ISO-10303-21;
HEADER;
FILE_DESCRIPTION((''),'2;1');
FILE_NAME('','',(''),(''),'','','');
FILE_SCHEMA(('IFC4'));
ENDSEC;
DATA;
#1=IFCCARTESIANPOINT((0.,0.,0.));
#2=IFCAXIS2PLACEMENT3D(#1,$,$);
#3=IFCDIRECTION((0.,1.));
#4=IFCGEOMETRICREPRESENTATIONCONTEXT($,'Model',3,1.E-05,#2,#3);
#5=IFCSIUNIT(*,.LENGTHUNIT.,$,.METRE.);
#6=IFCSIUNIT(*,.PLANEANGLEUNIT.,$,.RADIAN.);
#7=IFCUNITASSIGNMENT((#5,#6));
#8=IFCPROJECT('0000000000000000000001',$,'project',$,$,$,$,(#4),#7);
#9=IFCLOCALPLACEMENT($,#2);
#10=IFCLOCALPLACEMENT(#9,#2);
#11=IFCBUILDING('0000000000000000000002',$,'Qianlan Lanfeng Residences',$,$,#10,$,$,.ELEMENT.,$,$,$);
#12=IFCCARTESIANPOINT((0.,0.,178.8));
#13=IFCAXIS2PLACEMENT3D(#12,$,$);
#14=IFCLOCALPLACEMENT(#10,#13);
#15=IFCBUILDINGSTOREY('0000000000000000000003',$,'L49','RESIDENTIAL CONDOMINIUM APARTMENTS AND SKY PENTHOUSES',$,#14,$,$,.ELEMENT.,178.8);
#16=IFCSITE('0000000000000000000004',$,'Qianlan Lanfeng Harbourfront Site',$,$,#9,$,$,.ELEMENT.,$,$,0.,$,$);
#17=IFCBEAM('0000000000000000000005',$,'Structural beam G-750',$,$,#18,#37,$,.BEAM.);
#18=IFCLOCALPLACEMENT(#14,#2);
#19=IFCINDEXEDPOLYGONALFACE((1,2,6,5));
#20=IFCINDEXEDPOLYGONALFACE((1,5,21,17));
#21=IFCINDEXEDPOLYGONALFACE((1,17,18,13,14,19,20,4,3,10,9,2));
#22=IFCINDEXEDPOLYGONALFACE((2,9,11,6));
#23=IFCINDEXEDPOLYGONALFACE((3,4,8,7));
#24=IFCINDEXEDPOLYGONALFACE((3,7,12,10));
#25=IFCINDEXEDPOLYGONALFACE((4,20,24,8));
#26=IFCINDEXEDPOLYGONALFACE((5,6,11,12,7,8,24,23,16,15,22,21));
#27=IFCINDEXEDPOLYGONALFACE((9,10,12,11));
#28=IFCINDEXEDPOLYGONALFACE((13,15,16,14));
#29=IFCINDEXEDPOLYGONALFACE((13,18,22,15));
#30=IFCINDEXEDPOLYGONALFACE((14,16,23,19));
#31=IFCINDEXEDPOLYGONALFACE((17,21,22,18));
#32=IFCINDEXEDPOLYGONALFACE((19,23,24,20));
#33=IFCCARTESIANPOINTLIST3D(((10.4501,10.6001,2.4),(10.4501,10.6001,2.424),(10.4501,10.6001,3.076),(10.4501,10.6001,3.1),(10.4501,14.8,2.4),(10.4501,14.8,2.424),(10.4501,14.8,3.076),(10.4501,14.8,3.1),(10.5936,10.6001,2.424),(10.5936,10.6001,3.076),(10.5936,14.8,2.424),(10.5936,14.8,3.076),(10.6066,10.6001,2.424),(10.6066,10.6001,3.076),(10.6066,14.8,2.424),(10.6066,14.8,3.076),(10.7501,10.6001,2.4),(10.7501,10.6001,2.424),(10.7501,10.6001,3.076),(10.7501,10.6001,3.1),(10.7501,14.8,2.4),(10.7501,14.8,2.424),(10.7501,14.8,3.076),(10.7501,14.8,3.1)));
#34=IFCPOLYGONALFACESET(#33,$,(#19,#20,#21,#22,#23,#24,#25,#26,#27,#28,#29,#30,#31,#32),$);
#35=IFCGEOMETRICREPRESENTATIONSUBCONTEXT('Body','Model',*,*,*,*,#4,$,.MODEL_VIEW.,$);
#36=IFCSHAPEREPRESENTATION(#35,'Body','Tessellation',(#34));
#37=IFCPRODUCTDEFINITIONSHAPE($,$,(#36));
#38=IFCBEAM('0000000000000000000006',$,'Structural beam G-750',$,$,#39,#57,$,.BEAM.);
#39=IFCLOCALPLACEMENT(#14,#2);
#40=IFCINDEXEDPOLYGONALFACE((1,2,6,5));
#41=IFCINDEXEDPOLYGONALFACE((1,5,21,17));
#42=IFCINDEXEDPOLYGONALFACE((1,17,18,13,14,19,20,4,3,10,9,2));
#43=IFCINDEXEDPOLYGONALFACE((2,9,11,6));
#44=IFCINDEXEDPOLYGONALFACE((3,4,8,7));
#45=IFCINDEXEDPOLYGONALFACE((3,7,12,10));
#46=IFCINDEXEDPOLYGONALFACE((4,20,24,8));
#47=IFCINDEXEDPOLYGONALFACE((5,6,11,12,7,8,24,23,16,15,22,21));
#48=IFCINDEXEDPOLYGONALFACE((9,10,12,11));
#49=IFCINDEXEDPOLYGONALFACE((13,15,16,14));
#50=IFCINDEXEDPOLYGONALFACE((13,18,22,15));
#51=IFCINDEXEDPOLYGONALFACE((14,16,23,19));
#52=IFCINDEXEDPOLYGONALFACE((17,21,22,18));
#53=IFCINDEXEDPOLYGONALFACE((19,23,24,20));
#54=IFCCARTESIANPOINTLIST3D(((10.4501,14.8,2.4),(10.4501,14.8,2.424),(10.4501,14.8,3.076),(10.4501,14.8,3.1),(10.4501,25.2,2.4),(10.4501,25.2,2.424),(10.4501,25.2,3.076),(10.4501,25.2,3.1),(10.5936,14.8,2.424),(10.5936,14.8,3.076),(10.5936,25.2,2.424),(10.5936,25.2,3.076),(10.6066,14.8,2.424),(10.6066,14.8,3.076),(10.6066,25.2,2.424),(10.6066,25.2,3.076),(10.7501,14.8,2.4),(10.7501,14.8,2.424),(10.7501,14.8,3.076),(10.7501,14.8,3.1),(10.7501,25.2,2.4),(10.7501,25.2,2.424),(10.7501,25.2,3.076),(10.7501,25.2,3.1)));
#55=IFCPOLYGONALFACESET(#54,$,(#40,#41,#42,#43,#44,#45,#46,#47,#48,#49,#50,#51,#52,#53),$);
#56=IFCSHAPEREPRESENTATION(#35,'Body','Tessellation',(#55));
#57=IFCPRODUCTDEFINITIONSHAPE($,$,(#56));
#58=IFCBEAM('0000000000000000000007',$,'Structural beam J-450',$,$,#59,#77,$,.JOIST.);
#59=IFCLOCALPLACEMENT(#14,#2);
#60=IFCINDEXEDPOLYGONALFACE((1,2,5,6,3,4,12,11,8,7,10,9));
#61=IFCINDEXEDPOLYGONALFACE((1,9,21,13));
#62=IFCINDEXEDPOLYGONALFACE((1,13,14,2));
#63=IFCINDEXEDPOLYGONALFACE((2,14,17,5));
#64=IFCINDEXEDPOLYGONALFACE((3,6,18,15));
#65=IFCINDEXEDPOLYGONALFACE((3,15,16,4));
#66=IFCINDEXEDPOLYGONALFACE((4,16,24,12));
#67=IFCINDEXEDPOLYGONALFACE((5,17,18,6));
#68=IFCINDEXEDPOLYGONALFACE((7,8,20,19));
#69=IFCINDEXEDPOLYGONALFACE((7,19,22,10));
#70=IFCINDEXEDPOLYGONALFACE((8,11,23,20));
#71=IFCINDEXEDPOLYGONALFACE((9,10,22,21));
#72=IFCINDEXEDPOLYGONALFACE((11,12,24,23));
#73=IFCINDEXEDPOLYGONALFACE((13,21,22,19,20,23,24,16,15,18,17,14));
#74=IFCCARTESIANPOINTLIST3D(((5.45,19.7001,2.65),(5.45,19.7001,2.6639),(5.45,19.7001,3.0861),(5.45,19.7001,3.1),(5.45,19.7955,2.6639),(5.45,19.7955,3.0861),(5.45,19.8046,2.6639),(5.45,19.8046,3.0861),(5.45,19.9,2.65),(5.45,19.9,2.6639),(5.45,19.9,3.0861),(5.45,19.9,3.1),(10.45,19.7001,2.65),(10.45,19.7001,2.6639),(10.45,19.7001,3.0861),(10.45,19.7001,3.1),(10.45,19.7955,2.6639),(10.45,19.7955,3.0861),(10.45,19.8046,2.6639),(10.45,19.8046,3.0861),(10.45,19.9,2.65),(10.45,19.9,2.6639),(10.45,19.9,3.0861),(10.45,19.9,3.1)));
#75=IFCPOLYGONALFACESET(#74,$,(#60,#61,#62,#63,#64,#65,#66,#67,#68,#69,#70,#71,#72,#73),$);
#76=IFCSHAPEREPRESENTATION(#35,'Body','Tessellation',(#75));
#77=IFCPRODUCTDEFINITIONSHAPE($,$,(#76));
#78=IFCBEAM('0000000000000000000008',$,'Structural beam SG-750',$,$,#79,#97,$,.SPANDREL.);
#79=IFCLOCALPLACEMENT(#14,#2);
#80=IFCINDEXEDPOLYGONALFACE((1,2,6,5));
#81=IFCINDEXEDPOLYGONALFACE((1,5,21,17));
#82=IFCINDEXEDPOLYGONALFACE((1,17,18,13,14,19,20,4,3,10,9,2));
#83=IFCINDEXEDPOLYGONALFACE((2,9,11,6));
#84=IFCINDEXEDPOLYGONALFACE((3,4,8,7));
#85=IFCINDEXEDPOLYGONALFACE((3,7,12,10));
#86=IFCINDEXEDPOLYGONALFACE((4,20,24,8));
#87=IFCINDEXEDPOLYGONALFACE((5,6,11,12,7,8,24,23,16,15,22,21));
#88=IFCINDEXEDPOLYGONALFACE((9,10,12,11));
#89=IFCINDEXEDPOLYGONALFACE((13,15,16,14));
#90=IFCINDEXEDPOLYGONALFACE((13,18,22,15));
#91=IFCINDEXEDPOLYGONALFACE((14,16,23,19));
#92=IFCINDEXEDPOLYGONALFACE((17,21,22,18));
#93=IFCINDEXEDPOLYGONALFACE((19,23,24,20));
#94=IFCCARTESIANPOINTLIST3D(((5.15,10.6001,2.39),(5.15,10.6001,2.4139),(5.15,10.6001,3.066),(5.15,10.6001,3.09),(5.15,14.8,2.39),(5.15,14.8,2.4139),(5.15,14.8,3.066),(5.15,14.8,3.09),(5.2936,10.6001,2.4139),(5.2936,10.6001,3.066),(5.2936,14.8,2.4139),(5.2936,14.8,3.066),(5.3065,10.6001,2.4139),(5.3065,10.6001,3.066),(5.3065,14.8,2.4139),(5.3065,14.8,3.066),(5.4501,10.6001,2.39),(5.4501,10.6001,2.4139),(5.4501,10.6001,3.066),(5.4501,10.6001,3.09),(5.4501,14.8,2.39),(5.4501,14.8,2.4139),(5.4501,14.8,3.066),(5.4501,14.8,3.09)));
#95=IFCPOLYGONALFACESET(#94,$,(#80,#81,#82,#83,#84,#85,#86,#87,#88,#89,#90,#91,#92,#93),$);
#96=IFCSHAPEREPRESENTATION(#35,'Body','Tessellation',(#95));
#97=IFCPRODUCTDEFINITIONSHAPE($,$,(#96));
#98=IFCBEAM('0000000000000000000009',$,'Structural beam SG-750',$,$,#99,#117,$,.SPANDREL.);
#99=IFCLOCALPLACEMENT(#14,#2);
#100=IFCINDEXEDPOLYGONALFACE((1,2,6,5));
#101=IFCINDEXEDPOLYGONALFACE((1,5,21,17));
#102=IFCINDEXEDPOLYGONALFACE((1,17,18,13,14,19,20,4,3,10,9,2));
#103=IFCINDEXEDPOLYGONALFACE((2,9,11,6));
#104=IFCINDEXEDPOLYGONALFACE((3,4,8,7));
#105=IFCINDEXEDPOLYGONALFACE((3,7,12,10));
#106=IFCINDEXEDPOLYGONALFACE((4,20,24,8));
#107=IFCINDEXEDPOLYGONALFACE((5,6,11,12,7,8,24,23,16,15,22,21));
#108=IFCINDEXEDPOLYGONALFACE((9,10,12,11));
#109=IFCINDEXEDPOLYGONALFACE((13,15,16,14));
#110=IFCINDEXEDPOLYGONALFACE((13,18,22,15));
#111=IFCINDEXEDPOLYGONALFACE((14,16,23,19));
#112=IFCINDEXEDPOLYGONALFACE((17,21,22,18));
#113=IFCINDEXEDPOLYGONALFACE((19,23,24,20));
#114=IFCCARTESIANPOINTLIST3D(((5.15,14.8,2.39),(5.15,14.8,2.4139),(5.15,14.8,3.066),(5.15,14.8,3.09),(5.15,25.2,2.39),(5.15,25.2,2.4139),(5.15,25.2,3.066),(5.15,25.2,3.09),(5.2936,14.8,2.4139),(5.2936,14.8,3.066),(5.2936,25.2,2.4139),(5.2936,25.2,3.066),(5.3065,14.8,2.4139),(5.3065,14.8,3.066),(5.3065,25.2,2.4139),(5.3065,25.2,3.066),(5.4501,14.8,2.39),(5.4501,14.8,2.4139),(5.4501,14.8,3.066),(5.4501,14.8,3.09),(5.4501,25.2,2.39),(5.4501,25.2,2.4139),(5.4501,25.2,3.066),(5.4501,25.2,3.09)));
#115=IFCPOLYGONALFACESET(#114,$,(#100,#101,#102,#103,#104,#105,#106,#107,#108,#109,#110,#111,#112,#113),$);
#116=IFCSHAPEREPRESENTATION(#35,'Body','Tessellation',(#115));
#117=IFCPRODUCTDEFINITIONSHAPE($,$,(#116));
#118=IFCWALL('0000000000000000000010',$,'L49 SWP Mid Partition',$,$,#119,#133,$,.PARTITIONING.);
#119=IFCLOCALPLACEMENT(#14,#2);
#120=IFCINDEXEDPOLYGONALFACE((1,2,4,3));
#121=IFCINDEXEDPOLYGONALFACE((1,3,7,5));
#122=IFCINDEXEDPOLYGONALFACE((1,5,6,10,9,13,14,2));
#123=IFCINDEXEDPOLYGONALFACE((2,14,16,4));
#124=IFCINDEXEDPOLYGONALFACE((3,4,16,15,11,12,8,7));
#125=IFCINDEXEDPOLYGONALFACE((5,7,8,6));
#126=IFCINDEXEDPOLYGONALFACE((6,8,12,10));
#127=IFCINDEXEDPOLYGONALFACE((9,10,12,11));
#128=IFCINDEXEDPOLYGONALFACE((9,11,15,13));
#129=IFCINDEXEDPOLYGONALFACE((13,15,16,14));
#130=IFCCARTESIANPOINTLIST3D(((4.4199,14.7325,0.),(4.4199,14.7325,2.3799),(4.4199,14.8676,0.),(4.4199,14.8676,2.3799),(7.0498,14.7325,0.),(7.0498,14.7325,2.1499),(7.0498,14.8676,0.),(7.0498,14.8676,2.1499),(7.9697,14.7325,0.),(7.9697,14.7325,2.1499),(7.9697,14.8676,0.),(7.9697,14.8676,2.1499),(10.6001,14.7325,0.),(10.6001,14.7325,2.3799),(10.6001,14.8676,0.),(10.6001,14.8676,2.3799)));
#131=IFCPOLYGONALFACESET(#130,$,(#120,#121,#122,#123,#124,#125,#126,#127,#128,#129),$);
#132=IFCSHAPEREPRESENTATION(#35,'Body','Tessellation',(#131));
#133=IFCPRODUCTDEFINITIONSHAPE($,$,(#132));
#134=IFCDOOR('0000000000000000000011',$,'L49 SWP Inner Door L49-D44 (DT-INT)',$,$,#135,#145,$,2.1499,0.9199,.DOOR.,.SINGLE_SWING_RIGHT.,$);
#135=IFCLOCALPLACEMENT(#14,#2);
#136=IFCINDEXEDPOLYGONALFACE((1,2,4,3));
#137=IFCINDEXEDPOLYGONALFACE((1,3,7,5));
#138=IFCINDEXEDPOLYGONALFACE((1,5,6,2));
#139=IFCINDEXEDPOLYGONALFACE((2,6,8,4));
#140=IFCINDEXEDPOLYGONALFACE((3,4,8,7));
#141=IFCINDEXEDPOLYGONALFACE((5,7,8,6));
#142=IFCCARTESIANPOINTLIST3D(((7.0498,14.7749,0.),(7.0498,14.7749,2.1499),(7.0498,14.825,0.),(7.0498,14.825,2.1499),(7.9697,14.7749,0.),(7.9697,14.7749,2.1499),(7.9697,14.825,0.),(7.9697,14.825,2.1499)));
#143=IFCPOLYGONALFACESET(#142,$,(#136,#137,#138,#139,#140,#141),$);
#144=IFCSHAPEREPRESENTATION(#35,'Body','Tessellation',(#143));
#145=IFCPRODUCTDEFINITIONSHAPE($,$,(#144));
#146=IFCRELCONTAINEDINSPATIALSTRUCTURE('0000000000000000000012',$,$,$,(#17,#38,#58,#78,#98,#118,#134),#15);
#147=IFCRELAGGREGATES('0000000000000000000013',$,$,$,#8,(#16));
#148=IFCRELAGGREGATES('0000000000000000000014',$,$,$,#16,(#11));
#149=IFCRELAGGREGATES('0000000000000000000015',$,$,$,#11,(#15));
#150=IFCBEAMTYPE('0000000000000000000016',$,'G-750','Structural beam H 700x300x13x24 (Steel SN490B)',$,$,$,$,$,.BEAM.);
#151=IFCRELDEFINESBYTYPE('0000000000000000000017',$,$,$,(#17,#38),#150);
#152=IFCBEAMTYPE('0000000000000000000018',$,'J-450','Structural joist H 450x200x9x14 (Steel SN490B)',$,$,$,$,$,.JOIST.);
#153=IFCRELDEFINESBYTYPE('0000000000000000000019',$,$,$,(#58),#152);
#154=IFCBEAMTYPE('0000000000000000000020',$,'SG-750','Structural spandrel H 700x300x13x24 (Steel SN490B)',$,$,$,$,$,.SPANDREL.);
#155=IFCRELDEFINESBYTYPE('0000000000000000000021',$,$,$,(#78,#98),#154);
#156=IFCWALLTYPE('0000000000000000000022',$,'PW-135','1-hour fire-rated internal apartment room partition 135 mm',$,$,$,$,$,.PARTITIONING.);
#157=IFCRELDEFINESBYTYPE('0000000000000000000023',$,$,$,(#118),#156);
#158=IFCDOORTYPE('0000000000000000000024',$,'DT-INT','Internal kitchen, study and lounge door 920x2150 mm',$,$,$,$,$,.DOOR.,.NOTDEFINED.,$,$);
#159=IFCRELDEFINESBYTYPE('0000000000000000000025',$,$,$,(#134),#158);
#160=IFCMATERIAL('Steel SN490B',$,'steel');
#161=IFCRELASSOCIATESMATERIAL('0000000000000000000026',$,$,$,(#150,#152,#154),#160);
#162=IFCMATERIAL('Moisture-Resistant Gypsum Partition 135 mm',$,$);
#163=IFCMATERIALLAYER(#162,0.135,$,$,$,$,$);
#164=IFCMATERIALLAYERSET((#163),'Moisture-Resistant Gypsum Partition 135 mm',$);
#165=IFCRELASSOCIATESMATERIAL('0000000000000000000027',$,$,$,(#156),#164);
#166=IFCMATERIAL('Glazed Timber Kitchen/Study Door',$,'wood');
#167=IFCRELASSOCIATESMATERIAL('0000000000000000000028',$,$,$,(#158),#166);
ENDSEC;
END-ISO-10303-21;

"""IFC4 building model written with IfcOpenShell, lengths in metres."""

from ifc_helpers import new_model, si_unit, direction, frame, frame_2d, origin, origin_2d, place, context, subcontext, project, spatial, rectangle, i_section, extrude, material, layer, layer_set, material_profile, profile_set, type_object, element, fill, save


model = new_model("IFC4")

# Units and contexts
model_context = context("Model", 3, precision=1e-05, world=origin(), true_north=direction((0.0, 1.0)))
body_context = subcontext(model_context, "Body", "Model", "MODEL_VIEW")
ifc_project = project(units=[si_unit("LENGTHUNIT", "METRE"), si_unit("PLANEANGLEUNIT", "RADIAN")], contexts=[model_context])

# Site, building, storey
site_placement = place(None, origin())
site = spatial("IfcSite", under=ifc_project, at=site_placement, Name="Qianlan Lanfeng Harbourfront Site", CompositionType="ELEMENT", RefElevation=0.0)
building_placement = place(site_placement, origin())
building = spatial("IfcBuilding", under=site, at=building_placement, Name="Qianlan Lanfeng Residences", CompositionType="ELEMENT")
storey_placement = place(building_placement, frame((0.0, 0.0, 178.8)))
storey = spatial("IfcBuildingStorey", under=building, at=storey_placement, Name="L49", Description="RESIDENTIAL CONDOMINIUM APARTMENTS AND SKY PENTHOUSES", CompositionType="ELEMENT", Elevation=178.8)

# Shared definitions
ifc_material_1 = material(Name="Steel SN490B", Category="steel")

# Beams
ifc_material_profile_1 = material_profile(ifc_material_1, i_section(OverallWidth=0.3, OverallDepth=0.7, WebThickness=0.0129, FlangeThickness=0.0239, at=origin_2d()), Name="H 700x300x13x24")
ifc_profile_set_1 = profile_set([ifc_material_profile_1], Name="Steel SN490B")
beam_type_1 = type_object("IfcBeamType", Name="G-750", Description="Structural beam H 700x300x13x24 (Steel SN490B)", PredefinedType="BEAM", material=ifc_profile_set_1)
beam_1_placement = place(storey_placement, frame((10.6001, 10.6001, 2.75), z_axis=(0.0, 1.0, 0.0), x_axis=(-1.0, 0.0, 0.0)))
element("IfcBeam", 1, at=beam_1_placement, inside=storey, type_object=beam_type_1, Name="Structural beam G-750", PredefinedType="BEAM", context=body_context, shape_type="SweptSolid", body=[
    extrude(i_section(OverallWidth=0.3, OverallDepth=0.7, WebThickness=0.0129, FlangeThickness=0.0239, at=origin_2d()), origin(), (0.0, 0.0, 1.0), 4.2),
])
beam_2_placement = place(storey_placement, frame((10.6001, 14.8, 2.75), z_axis=(0.0, 1.0, 0.0), x_axis=(-1.0, 0.0, 0.0)))
element("IfcBeam", 2, at=beam_2_placement, inside=storey, type_object=beam_type_1, Name="Structural beam G-750", PredefinedType="BEAM", context=body_context, shape_type="SweptSolid", body=[
    extrude(i_section(OverallWidth=0.3, OverallDepth=0.7, WebThickness=0.0129, FlangeThickness=0.0239, at=origin_2d()), origin(), (0.0, 0.0, 1.0), 10.3999),
])
ifc_material_profile_2 = material_profile(ifc_material_1, i_section(OverallWidth=0.2, OverallDepth=0.45, WebThickness=0.009, FlangeThickness=0.0139, at=origin_2d()), Name="H 450x200x9x14")
ifc_profile_set_2 = profile_set([ifc_material_profile_2], Name="Steel SN490B")
beam_type_2 = type_object("IfcBeamType", Name="J-450", Description="Structural joist H 450x200x9x14 (Steel SN490B)", PredefinedType="JOIST", material=ifc_profile_set_2)
beam_3_placement = place(storey_placement, frame((5.45, 19.8, 2.875), z_axis=(1.0, 0.0, 0.0), x_axis=(0.0, 1.0, 0.0)))
element("IfcBeam", 3, at=beam_3_placement, inside=storey, type_object=beam_type_2, Name="Structural beam J-450", PredefinedType="JOIST", context=body_context, shape_type="SweptSolid", body=[
    extrude(i_section(OverallWidth=0.2, OverallDepth=0.45, WebThickness=0.009, FlangeThickness=0.0139, at=origin_2d()), origin(), (0.0, 0.0, 1.0), 5.0),
])
ifc_material_profile_3 = material_profile(ifc_material_1, i_section(OverallWidth=0.3, OverallDepth=0.7, WebThickness=0.0129, FlangeThickness=0.0239, at=origin_2d()), Name="H 700x300x13x24")
ifc_profile_set_3 = profile_set([ifc_material_profile_3], Name="Steel SN490B")
beam_type_3 = type_object("IfcBeamType", Name="SG-750", Description="Structural spandrel H 700x300x13x24 (Steel SN490B)", PredefinedType="SPANDREL", material=ifc_profile_set_3)
beam_4_placement = place(storey_placement, frame((5.3, 10.6001, 2.74), z_axis=(0.0, 1.0, 0.0), x_axis=(-1.0, 0.0, 0.0)))
element("IfcBeam", 4, at=beam_4_placement, inside=storey, type_object=beam_type_3, Name="Structural beam SG-750", PredefinedType="SPANDREL", context=body_context, shape_type="SweptSolid", body=[
    extrude(i_section(OverallWidth=0.3, OverallDepth=0.7, WebThickness=0.0129, FlangeThickness=0.0239, at=origin_2d()), origin(), (0.0, 0.0, 1.0), 4.2),
])
beam_5_placement = place(storey_placement, frame((5.3, 14.8, 2.74), z_axis=(0.0, 1.0, 0.0), x_axis=(-1.0, 0.0, 0.0)))
element("IfcBeam", 5, at=beam_5_placement, inside=storey, type_object=beam_type_3, Name="Structural beam SG-750", PredefinedType="SPANDREL", context=body_context, shape_type="SweptSolid", body=[
    extrude(i_section(OverallWidth=0.3, OverallDepth=0.7, WebThickness=0.0129, FlangeThickness=0.0239, at=origin_2d()), origin(), (0.0, 0.0, 1.0), 10.3999),
])

# Wall, opening, door
ifc_material_2 = material(Name="Moisture-Resistant Gypsum Partition 135 mm")
ifc_layer_1 = layer(ifc_material_2, 0.135)
ifc_layer_set_1 = layer_set([ifc_layer_1], Name="Moisture-Resistant Gypsum Partition 135 mm")
wall_type_1 = type_object("IfcWallType", Name="PW-135", Description="1-hour fire-rated internal apartment room partition 135 mm", PredefinedType="PARTITIONING", material=ifc_layer_set_1)
ifc_material_3 = material(Name="Glazed Timber Kitchen/Study Door", Category="wood")
door_type_1 = type_object("IfcDoorType", Name="DT-INT", Description="Internal kitchen, study and lounge door 920x2150 mm", OperationType="NOTDEFINED", PredefinedType="DOOR", material=ifc_material_3)
wall_1_placement = place(storey_placement, frame((4.4199, 14.8, 0.0), z_axis=(0.0, 0.0, 1.0), x_axis=(1.0, 0.0, 0.0)))
wall_1 = element("IfcWall", 6, at=wall_1_placement, inside=storey, type_object=wall_type_1, Name="L49 SWP Mid Partition", PredefinedType="PARTITIONING", context=body_context, shape_type="SweptSolid", body=[
    extrude(rectangle(XDim=6.1802, YDim=0.135, at=frame_2d((3.0901, 0.0))), origin(), (0.0, 0.0, 1.0), 2.3799),
])
opening_1_placement = place(wall_1_placement, frame((2.6299, 0.0, 0.0)))
opening_1 = element("IfcOpeningElement", 7, at=opening_1_placement, cuts=wall_1, PredefinedType="OPENING", context=body_context, shape_type="SweptSolid", body=[
    extrude(rectangle(XDim=0.9199, YDim=2.1499, at=frame_2d((0.46, 1.075))), frame((0.0, 0.0776, 0.0), z_axis=(0.0, -1.0, 0.0), x_axis=(1.0, 0.0, 0.0)), (0.0, 0.0, 1.0), 0.155),
])
door_1_placement = place(opening_1_placement, origin())
door_1 = element("IfcDoor", 8, at=door_1_placement, inside=storey, type_object=door_type_1, Name="L49 SWP Inner Door L49-D44 (DT-INT)", OperationType="SINGLE_SWING_RIGHT", OverallHeight=2.1499, OverallWidth=0.9199, PredefinedType="DOOR", context=body_context, shape_type="SweptSolid", body=[
    extrude(rectangle(XDim=0.9199, YDim=2.1499, at=frame_2d((0.46, 1.075))), frame((0.0, 0.0249, 0.0), z_axis=(0.0, -1.0, 0.0), x_axis=(1.0, 0.0, 0.0)), (0.0, 0.0, 1.0), 0.05),
])
fill(opening_1, door_1)

save(model, "model.ifc")
